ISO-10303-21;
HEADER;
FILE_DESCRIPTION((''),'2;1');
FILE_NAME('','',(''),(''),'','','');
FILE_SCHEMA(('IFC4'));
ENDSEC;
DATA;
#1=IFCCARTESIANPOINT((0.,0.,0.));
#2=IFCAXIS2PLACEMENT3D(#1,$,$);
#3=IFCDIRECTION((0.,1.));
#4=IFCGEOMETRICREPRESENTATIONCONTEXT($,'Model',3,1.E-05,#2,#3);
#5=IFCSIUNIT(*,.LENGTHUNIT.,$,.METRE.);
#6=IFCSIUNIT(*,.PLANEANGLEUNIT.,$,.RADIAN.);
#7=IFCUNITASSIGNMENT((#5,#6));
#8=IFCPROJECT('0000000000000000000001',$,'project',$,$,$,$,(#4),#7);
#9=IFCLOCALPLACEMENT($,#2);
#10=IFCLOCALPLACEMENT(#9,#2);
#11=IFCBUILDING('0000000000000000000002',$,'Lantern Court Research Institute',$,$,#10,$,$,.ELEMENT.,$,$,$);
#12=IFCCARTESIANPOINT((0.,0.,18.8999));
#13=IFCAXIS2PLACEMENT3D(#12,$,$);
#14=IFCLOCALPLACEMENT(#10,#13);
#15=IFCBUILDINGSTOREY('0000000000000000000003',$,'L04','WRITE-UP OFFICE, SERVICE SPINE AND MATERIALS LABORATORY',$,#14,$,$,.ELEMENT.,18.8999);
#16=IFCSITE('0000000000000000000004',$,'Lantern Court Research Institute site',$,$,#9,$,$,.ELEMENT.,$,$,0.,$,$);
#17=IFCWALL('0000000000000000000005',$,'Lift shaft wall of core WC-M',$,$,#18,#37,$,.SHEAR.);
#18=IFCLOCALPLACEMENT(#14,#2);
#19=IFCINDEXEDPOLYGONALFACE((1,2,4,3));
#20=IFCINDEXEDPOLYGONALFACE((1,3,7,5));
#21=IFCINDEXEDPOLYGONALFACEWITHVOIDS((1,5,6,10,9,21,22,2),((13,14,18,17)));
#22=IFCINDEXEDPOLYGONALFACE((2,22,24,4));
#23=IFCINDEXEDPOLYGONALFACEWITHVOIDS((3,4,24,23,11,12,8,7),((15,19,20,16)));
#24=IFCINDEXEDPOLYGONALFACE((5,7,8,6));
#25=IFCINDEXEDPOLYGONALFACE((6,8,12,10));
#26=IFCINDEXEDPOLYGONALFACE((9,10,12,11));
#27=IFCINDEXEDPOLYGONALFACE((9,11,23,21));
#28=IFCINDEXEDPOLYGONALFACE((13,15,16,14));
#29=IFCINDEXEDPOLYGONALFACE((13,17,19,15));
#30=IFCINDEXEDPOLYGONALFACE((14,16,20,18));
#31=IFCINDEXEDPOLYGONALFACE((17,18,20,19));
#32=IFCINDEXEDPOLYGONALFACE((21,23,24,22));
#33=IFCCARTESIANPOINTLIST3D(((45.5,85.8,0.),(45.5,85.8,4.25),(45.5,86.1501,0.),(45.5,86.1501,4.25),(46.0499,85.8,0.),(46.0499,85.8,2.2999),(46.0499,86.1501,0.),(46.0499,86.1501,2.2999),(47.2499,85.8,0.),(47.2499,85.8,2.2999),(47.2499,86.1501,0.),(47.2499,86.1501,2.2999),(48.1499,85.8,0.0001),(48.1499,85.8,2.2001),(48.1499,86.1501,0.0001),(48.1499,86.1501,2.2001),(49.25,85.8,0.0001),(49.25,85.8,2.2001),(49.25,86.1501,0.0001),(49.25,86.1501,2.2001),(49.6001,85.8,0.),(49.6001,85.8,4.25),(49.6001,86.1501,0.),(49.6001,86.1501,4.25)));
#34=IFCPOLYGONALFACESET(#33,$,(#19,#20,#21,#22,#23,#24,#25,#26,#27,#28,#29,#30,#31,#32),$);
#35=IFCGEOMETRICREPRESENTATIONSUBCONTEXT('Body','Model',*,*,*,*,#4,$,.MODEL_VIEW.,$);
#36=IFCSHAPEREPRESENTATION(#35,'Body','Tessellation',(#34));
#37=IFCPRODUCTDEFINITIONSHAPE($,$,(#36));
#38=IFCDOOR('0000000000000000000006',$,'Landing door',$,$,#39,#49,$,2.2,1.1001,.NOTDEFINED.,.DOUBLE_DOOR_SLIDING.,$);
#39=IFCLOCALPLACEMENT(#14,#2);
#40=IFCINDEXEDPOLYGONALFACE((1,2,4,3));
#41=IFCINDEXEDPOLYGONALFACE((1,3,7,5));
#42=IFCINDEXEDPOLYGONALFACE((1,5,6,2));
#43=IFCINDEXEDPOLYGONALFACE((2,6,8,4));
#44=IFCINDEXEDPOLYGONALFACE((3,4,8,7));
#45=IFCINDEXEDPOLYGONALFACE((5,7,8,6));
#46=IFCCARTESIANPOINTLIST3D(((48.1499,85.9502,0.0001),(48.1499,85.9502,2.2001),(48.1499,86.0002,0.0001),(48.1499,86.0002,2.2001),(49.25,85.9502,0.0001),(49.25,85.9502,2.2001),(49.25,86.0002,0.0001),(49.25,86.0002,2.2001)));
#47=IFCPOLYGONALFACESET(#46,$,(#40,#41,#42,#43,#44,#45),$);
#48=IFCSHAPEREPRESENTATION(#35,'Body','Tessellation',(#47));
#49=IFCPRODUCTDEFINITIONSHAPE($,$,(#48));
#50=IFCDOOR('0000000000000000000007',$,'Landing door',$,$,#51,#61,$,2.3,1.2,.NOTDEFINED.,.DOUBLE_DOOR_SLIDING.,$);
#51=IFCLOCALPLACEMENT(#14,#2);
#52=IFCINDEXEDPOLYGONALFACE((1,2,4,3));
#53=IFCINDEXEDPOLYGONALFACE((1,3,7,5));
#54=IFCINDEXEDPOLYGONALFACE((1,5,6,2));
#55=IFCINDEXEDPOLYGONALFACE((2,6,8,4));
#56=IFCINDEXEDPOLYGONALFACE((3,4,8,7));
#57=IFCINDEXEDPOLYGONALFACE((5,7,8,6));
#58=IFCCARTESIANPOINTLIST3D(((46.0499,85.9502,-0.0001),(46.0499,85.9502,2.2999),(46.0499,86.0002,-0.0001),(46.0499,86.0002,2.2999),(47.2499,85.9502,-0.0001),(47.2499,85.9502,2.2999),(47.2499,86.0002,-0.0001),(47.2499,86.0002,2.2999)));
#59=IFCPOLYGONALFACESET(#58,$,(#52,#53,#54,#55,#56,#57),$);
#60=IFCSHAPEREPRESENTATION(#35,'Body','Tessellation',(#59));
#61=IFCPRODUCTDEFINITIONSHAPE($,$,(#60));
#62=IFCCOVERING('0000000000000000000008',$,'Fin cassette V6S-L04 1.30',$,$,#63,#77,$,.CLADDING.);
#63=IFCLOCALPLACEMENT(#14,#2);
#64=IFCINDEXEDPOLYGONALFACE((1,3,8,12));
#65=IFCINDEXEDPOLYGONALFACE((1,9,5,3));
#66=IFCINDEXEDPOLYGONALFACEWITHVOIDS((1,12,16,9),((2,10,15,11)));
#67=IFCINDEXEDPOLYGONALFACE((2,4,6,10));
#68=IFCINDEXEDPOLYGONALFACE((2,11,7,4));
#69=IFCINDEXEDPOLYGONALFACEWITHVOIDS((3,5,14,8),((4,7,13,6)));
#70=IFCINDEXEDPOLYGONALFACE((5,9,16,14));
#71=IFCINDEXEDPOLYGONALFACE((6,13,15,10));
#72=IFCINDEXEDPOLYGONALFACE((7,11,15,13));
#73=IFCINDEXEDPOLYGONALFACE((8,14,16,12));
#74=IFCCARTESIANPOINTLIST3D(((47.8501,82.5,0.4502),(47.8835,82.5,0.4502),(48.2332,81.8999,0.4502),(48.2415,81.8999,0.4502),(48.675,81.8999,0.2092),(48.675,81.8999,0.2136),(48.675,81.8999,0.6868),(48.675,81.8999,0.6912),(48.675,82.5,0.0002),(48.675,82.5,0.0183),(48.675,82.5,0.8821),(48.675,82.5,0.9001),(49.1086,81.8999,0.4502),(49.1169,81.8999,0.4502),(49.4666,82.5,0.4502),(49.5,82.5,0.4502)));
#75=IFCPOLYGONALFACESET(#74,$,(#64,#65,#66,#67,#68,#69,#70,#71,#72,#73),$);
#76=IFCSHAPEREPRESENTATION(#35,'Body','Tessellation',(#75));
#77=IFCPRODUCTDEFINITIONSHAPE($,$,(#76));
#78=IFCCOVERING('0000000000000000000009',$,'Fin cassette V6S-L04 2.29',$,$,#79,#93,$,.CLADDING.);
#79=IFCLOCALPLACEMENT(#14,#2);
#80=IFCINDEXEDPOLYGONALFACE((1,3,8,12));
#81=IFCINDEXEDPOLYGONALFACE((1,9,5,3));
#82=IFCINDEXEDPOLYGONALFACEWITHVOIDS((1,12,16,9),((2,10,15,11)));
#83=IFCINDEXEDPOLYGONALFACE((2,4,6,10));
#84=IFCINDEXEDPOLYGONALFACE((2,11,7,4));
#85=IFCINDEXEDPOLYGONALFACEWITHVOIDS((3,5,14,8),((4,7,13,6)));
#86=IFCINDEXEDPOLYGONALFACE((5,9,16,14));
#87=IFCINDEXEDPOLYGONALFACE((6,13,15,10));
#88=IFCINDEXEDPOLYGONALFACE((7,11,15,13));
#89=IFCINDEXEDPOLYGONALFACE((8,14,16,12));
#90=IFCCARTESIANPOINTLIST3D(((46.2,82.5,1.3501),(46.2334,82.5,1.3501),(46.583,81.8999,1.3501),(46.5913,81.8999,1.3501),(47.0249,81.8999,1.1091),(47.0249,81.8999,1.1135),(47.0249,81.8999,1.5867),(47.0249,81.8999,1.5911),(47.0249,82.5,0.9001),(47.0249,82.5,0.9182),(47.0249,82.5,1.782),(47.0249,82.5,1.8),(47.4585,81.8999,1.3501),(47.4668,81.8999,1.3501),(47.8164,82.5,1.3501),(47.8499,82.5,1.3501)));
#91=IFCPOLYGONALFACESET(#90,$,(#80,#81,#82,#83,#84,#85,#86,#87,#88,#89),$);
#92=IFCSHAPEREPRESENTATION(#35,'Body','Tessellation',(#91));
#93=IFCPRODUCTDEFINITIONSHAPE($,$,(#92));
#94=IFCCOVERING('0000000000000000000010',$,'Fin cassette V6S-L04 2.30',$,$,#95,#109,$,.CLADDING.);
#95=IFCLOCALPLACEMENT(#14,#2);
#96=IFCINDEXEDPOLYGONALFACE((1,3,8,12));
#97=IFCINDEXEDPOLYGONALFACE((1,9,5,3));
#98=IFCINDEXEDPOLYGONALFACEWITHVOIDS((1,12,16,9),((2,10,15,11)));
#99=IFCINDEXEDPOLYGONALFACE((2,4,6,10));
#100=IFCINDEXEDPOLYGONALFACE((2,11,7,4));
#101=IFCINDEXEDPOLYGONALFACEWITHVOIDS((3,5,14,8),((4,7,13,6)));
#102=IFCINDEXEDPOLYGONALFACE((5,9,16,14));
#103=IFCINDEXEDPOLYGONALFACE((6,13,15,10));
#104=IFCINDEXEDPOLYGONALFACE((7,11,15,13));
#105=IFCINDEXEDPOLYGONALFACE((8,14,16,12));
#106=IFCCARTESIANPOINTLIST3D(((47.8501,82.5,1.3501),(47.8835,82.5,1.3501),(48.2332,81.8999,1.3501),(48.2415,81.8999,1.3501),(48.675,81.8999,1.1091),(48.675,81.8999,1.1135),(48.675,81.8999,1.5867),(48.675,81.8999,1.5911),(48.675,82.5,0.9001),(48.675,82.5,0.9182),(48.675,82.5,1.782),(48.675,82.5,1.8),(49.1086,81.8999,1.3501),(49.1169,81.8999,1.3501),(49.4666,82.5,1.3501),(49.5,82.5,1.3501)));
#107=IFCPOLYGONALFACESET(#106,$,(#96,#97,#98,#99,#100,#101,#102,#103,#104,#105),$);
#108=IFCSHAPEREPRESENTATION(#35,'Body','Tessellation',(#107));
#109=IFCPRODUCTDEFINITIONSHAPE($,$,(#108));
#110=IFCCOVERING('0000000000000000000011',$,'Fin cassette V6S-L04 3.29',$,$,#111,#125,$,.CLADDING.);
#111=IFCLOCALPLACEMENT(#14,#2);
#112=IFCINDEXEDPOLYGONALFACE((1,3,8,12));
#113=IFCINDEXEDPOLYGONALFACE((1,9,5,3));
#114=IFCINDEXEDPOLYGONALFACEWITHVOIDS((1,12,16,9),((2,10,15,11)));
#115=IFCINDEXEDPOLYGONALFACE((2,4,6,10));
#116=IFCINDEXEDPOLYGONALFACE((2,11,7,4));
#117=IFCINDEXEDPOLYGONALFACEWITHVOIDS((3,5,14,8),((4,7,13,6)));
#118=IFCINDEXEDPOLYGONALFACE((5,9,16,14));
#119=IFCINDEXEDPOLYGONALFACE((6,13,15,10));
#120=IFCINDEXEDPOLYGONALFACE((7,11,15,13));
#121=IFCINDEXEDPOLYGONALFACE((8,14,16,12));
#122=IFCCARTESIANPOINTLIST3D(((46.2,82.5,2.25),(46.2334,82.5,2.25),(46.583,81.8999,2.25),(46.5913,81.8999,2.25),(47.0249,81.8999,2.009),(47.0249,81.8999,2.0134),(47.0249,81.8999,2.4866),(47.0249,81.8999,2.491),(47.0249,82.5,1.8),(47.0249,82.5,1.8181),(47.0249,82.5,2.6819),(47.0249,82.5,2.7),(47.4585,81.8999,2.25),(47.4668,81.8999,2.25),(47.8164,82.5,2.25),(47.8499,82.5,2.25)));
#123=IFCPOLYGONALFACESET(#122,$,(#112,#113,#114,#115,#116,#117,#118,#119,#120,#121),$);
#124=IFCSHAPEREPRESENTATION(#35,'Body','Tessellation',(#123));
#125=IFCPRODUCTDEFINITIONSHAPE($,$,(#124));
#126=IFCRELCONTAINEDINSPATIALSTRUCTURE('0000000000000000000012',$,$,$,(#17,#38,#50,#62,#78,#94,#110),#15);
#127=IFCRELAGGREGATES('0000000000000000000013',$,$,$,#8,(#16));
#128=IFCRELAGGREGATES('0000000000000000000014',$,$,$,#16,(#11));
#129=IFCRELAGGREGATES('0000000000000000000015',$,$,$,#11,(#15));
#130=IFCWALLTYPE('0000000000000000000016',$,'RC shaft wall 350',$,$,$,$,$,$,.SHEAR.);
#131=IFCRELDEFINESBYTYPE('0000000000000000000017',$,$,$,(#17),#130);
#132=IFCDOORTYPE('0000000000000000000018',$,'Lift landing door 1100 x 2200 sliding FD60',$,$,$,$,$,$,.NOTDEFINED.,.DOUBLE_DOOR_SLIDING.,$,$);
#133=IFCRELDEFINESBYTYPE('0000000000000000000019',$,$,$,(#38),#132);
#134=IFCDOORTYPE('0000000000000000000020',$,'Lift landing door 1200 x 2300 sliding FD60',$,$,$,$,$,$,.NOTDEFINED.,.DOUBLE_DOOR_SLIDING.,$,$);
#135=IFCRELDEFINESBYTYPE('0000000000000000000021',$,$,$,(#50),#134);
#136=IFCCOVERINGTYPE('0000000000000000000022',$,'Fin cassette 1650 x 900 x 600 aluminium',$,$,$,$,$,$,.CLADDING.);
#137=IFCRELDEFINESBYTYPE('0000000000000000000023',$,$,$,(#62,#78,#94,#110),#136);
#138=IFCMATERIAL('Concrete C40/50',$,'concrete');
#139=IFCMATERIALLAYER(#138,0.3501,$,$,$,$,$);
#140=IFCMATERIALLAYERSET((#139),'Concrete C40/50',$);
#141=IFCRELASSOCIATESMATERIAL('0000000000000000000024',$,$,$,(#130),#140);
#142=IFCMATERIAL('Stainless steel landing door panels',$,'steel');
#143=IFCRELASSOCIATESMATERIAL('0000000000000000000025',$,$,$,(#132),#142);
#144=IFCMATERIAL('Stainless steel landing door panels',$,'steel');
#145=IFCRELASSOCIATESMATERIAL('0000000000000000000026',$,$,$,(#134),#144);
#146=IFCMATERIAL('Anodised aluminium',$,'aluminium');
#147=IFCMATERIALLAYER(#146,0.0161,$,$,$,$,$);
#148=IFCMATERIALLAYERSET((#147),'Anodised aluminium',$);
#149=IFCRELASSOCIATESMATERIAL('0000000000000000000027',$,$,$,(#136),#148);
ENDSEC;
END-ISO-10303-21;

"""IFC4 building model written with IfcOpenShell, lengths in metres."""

from ifc_helpers import new_model, entity, si_unit, direction, frame, frame_2d, origin, place, context, subcontext, project, spatial, rectangle, extrude, material, layer, layer_set, type_object, element, fill, save


model = new_model("IFC4")

# Units and contexts
model_context = context("Model", 3, precision=1e-05, world=origin(), true_north=direction((0.0, 1.0)))
body_context = subcontext(model_context, "Body", "Model", "MODEL_VIEW")
ifc_project = project(units=[si_unit("LENGTHUNIT", "METRE"), si_unit("PLANEANGLEUNIT", "RADIAN")], contexts=[model_context])

# Site, building, storey
site_placement = place(None, origin())
site = spatial("IfcSite", under=ifc_project, at=site_placement, Name="Lantern Court Research Institute site", CompositionType="ELEMENT", RefElevation=0.0)
building_placement = place(site_placement, origin())
building = spatial("IfcBuilding", under=site, at=building_placement, Name="Lantern Court Research Institute", CompositionType="ELEMENT")
storey_placement = place(building_placement, frame((0.0, 0.0, 18.8999)))
storey = spatial("IfcBuildingStorey", under=building, at=storey_placement, Name="L04", Description="WRITE-UP OFFICE, SERVICE SPINE AND MATERIALS LABORATORY", CompositionType="ELEMENT", Elevation=18.8999)

# Wall, openings, doors
ifc_material_1 = material(Name="Concrete C40/50", Category="concrete")
ifc_layer_1 = layer(ifc_material_1, 0.3501)
ifc_layer_set_1 = layer_set([ifc_layer_1], Name="Concrete C40/50")
wall_type_1 = type_object("IfcWallType", Name="RC shaft wall 350", PredefinedType="SHEAR", material=ifc_layer_set_1)
wall_1_placement = place(storey_placement, frame((49.6001, 85.9751, 0.0), z_axis=(0.0, 0.0, 1.0), x_axis=(-1.0, 0.0, 0.0)))
wall_1 = element("IfcWall", 1, at=wall_1_placement, inside=storey, type_object=wall_type_1, Name="Lift shaft wall of core WC-M", PredefinedType="SHEAR", context=body_context, shape_type="SweptSolid", body=[
    extrude(rectangle(XDim=4.1001, YDim=0.3501, at=frame_2d((2.05, 0.0))), origin(), (0.0, 0.0, 1.0), 4.25),
])
opening_1_placement = place(wall_1_placement, frame((0.3501, 0.0, 0.0)))
opening_1 = element("IfcOpeningElement", 2, at=opening_1_placement, cuts=wall_1, PredefinedType="OPENING", context=body_context, shape_type="SweptSolid", body=[
    extrude(rectangle(XDim=1.1001, YDim=2.2, at=frame_2d((0.55, 1.1001))), frame((0.0, 0.1851, 0.0), z_axis=(0.0, -1.0, 0.0), x_axis=(1.0, 0.0, 0.0)), (0.0, 0.0, 1.0), 0.3701),
])
opening_2_placement = place(wall_1_placement, frame((2.3501, 0.0, 0.0)))
opening_2 = element("IfcOpeningElement", 3, at=opening_2_placement, cuts=wall_1, PredefinedType="OPENING", context=body_context, shape_type="SweptSolid", body=[
    extrude(rectangle(XDim=1.2, YDim=2.3, at=frame_2d((0.6001, 1.1499))), frame((0.0, 0.1851, 0.0), z_axis=(0.0, -1.0, 0.0), x_axis=(1.0, 0.0, 0.0)), (0.0, 0.0, 1.0), 0.3701),
])
ifc_material_2 = material(Name="Stainless steel landing door panels", Category="steel")
door_type_1 = type_object("IfcDoorType", Name="Lift landing door 1100 x 2200 sliding FD60", OperationType="DOUBLE_DOOR_SLIDING", PredefinedType="NOTDEFINED", material=ifc_material_2)
door_1_placement = place(opening_1_placement, origin())
door_1 = element("IfcDoor", 4, at=door_1_placement, inside=storey, type_object=door_type_1, Name="Landing door", OperationType="DOUBLE_DOOR_SLIDING", OverallHeight=2.2, OverallWidth=1.1001, PredefinedType="NOTDEFINED", context=body_context, shape_type="SweptSolid", body=[
    extrude(rectangle(XDim=1.1001, YDim=2.2, at=frame_2d((0.55, 1.1001))), frame((0.0, 0.0249, 0.0), z_axis=(0.0, -1.0, 0.0), x_axis=(1.0, 0.0, 0.0)), (0.0, 0.0, 1.0), 0.05),
])
fill(opening_1, door_1)
ifc_material_3 = material(Name="Stainless steel landing door panels", Category="steel")
door_type_2 = type_object("IfcDoorType", Name="Lift landing door 1200 x 2300 sliding FD60", OperationType="DOUBLE_DOOR_SLIDING", PredefinedType="NOTDEFINED", material=ifc_material_3)
door_2_placement = place(opening_2_placement, origin())
door_2 = element("IfcDoor", 5, at=door_2_placement, inside=storey, type_object=door_type_2, Name="Landing door", OperationType="DOUBLE_DOOR_SLIDING", OverallHeight=2.3, OverallWidth=1.2, PredefinedType="NOTDEFINED", context=body_context, shape_type="SweptSolid", body=[
    extrude(rectangle(XDim=1.2, YDim=2.3, at=frame_2d((0.6001, 1.1499))), frame((0.0, 0.0249, 0.0), z_axis=(0.0, -1.0, 0.0), x_axis=(1.0, 0.0, 0.0)), (0.0, 0.0, 1.0), 0.05),
])
fill(opening_2, door_2)

# Coverings
ifc_material_4 = material(Name="Anodised aluminium", Category="aluminium")
ifc_layer_2 = layer(ifc_material_4, 0.0161)
ifc_layer_set_2 = layer_set([ifc_layer_2], Name="Anodised aluminium")
covering_type = type_object("IfcCoveringType", Name="Fin cassette 1650 x 900 x 600 aluminium", PredefinedType="CLADDING", material=ifc_layer_set_2)
covering_1_placement = place(storey_placement, frame((48.675, 82.5, 0.4502), z_axis=(0.0, -1.0, 0.0), x_axis=(1.0, 0.0, 0.0)))
cartesian_point_1 = entity("IfcCartesianPoint", [0.825, 0.0])
cartesian_point_2 = entity("IfcCartesianPoint", [0.7915, 0.0])
cartesian_point_3 = entity("IfcCartesianPoint", [0.4419, 0.0])
cartesian_point_4 = entity("IfcCartesianPoint", [0.4336, 0.0])
element("IfcCovering", 6, at=covering_1_placement, inside=storey, type_object=covering_type, Name="Fin cassette V6S-L04 1.30", PredefinedType="CLADDING", context=body_context, shape_type="SweptSolid", body=[
    entity("IfcExtrudedAreaSolidTapered", entity("IfcArbitraryProfileDefWithVoids", "AREA", None, entity("IfcPolyline", [cartesian_point_1, entity("IfcCartesianPoint", [0.0, 0.45]), entity("IfcCartesianPoint", [-0.825, 0.0]), entity("IfcCartesianPoint", [0.0, -0.45]), cartesian_point_1]), [entity("IfcPolyline", [cartesian_point_2, entity("IfcCartesianPoint", [0.0, 0.4319]), entity("IfcCartesianPoint", [-0.7915, 0.0]), entity("IfcCartesianPoint", [0.0, -0.4319]), cartesian_point_2])]), entity("IfcAxis2Placement3D", entity("IfcCartesianPoint", [0.0, 0.0, 0.0])), entity("IfcDirection", [0.0, 0.0, 1.0]), 0.6001, entity("IfcArbitraryProfileDefWithVoids", "AREA", None, entity("IfcPolyline", [cartesian_point_3, entity("IfcCartesianPoint", [0.0, 0.241]), entity("IfcCartesianPoint", [-0.4419, 0.0]), entity("IfcCartesianPoint", [0.0, -0.241]), cartesian_point_3]), [entity("IfcPolyline", [cartesian_point_4, entity("IfcCartesianPoint", [0.0, 0.2366]), entity("IfcCartesianPoint", [-0.4336, 0.0]), entity("IfcCartesianPoint", [0.0, -0.2366]), cartesian_point_4])])),
])
covering_2_placement = place(storey_placement, frame((47.0249, 82.5, 1.3501), z_axis=(0.0, -1.0, 0.0), x_axis=(1.0, 0.0, 0.0)))
cartesian_point_5 = entity("IfcCartesianPoint", [0.825, 0.0])
cartesian_point_6 = entity("IfcCartesianPoint", [0.7915, 0.0])
cartesian_point_7 = entity("IfcCartesianPoint", [0.4419, 0.0])
cartesian_point_8 = entity("IfcCartesianPoint", [0.4336, 0.0])
element("IfcCovering", 7, at=covering_2_placement, inside=storey, type_object=covering_type, Name="Fin cassette V6S-L04 2.29", PredefinedType="CLADDING", context=body_context, shape_type="SweptSolid", body=[
    entity("IfcExtrudedAreaSolidTapered", entity("IfcArbitraryProfileDefWithVoids", "AREA", None, entity("IfcPolyline", [cartesian_point_5, entity("IfcCartesianPoint", [0.0, 0.45]), entity("IfcCartesianPoint", [-0.825, 0.0]), entity("IfcCartesianPoint", [0.0, -0.45]), cartesian_point_5]), [entity("IfcPolyline", [cartesian_point_6, entity("IfcCartesianPoint", [0.0, 0.4319]), entity("IfcCartesianPoint", [-0.7915, 0.0]), entity("IfcCartesianPoint", [0.0, -0.4319]), cartesian_point_6])]), entity("IfcAxis2Placement3D", entity("IfcCartesianPoint", [0.0, 0.0, 0.0])), entity("IfcDirection", [0.0, 0.0, 1.0]), 0.6001, entity("IfcArbitraryProfileDefWithVoids", "AREA", None, entity("IfcPolyline", [cartesian_point_7, entity("IfcCartesianPoint", [0.0, 0.241]), entity("IfcCartesianPoint", [-0.4419, 0.0]), entity("IfcCartesianPoint", [0.0, -0.241]), cartesian_point_7]), [entity("IfcPolyline", [cartesian_point_8, entity("IfcCartesianPoint", [0.0, 0.2366]), entity("IfcCartesianPoint", [-0.4336, 0.0]), entity("IfcCartesianPoint", [0.0, -0.2366]), cartesian_point_8])])),
])
covering_3_placement = place(storey_placement, frame((48.675, 82.5, 1.3501), z_axis=(0.0, -1.0, 0.0), x_axis=(1.0, 0.0, 0.0)))
cartesian_point_9 = entity("IfcCartesianPoint", [0.825, 0.0])
cartesian_point_10 = entity("IfcCartesianPoint", [0.7915, 0.0])
cartesian_point_11 = entity("IfcCartesianPoint", [0.4419, 0.0])
cartesian_point_12 = entity("IfcCartesianPoint", [0.4336, 0.0])
element("IfcCovering", 8, at=covering_3_placement, inside=storey, type_object=covering_type, Name="Fin cassette V6S-L04 2.30", PredefinedType="CLADDING", context=body_context, shape_type="SweptSolid", body=[
    entity("IfcExtrudedAreaSolidTapered", entity("IfcArbitraryProfileDefWithVoids", "AREA", None, entity("IfcPolyline", [cartesian_point_9, entity("IfcCartesianPoint", [0.0, 0.45]), entity("IfcCartesianPoint", [-0.825, 0.0]), entity("IfcCartesianPoint", [0.0, -0.45]), cartesian_point_9]), [entity("IfcPolyline", [cartesian_point_10, entity("IfcCartesianPoint", [0.0, 0.4319]), entity("IfcCartesianPoint", [-0.7915, 0.0]), entity("IfcCartesianPoint", [0.0, -0.4319]), cartesian_point_10])]), entity("IfcAxis2Placement3D", entity("IfcCartesianPoint", [0.0, 0.0, 0.0])), entity("IfcDirection", [0.0, 0.0, 1.0]), 0.6001, entity("IfcArbitraryProfileDefWithVoids", "AREA", None, entity("IfcPolyline", [cartesian_point_11, entity("IfcCartesianPoint", [0.0, 0.241]), entity("IfcCartesianPoint", [-0.4419, 0.0]), entity("IfcCartesianPoint", [0.0, -0.241]), cartesian_point_11]), [entity("IfcPolyline", [cartesian_point_12, entity("IfcCartesianPoint", [0.0, 0.2366]), entity("IfcCartesianPoint", [-0.4336, 0.0]), entity("IfcCartesianPoint", [0.0, -0.2366]), cartesian_point_12])])),
])
covering_4_placement = place(storey_placement, frame((47.0249, 82.5, 2.25), z_axis=(0.0, -1.0, 0.0), x_axis=(1.0, 0.0, 0.0)))
cartesian_point_13 = entity("IfcCartesianPoint", [0.825, 0.0])
cartesian_point_14 = entity("IfcCartesianPoint", [0.7915, 0.0])
cartesian_point_15 = entity("IfcCartesianPoint", [0.4419, 0.0])
cartesian_point_16 = entity("IfcCartesianPoint", [0.4336, 0.0])
element("IfcCovering", 9, at=covering_4_placement, inside=storey, type_object=covering_type, Name="Fin cassette V6S-L04 3.29", PredefinedType="CLADDING", context=body_context, shape_type="SweptSolid", body=[
    entity("IfcExtrudedAreaSolidTapered", entity("IfcArbitraryProfileDefWithVoids", "AREA", None, entity("IfcPolyline", [cartesian_point_13, entity("IfcCartesianPoint", [0.0, 0.45]), entity("IfcCartesianPoint", [-0.825, 0.0]), entity("IfcCartesianPoint", [0.0, -0.45]), cartesian_point_13]), [entity("IfcPolyline", [cartesian_point_14, entity("IfcCartesianPoint", [0.0, 0.4319]), entity("IfcCartesianPoint", [-0.7915, 0.0]), entity("IfcCartesianPoint", [0.0, -0.4319]), cartesian_point_14])]), entity("IfcAxis2Placement3D", entity("IfcCartesianPoint", [0.0, 0.0, 0.0])), entity("IfcDirection", [0.0, 0.0, 1.0]), 0.6001, entity("IfcArbitraryProfileDefWithVoids", "AREA", None, entity("IfcPolyline", [cartesian_point_15, entity("IfcCartesianPoint", [0.0, 0.241]), entity("IfcCartesianPoint", [-0.4419, 0.0]), entity("IfcCartesianPoint", [0.0, -0.241]), cartesian_point_15]), [entity("IfcPolyline", [cartesian_point_16, entity("IfcCartesianPoint", [0.0, 0.2366]), entity("IfcCartesianPoint", [-0.4336, 0.0]), entity("IfcCartesianPoint", [0.0, -0.2366]), cartesian_point_16])])),
])

save(model, "model.ifc")
